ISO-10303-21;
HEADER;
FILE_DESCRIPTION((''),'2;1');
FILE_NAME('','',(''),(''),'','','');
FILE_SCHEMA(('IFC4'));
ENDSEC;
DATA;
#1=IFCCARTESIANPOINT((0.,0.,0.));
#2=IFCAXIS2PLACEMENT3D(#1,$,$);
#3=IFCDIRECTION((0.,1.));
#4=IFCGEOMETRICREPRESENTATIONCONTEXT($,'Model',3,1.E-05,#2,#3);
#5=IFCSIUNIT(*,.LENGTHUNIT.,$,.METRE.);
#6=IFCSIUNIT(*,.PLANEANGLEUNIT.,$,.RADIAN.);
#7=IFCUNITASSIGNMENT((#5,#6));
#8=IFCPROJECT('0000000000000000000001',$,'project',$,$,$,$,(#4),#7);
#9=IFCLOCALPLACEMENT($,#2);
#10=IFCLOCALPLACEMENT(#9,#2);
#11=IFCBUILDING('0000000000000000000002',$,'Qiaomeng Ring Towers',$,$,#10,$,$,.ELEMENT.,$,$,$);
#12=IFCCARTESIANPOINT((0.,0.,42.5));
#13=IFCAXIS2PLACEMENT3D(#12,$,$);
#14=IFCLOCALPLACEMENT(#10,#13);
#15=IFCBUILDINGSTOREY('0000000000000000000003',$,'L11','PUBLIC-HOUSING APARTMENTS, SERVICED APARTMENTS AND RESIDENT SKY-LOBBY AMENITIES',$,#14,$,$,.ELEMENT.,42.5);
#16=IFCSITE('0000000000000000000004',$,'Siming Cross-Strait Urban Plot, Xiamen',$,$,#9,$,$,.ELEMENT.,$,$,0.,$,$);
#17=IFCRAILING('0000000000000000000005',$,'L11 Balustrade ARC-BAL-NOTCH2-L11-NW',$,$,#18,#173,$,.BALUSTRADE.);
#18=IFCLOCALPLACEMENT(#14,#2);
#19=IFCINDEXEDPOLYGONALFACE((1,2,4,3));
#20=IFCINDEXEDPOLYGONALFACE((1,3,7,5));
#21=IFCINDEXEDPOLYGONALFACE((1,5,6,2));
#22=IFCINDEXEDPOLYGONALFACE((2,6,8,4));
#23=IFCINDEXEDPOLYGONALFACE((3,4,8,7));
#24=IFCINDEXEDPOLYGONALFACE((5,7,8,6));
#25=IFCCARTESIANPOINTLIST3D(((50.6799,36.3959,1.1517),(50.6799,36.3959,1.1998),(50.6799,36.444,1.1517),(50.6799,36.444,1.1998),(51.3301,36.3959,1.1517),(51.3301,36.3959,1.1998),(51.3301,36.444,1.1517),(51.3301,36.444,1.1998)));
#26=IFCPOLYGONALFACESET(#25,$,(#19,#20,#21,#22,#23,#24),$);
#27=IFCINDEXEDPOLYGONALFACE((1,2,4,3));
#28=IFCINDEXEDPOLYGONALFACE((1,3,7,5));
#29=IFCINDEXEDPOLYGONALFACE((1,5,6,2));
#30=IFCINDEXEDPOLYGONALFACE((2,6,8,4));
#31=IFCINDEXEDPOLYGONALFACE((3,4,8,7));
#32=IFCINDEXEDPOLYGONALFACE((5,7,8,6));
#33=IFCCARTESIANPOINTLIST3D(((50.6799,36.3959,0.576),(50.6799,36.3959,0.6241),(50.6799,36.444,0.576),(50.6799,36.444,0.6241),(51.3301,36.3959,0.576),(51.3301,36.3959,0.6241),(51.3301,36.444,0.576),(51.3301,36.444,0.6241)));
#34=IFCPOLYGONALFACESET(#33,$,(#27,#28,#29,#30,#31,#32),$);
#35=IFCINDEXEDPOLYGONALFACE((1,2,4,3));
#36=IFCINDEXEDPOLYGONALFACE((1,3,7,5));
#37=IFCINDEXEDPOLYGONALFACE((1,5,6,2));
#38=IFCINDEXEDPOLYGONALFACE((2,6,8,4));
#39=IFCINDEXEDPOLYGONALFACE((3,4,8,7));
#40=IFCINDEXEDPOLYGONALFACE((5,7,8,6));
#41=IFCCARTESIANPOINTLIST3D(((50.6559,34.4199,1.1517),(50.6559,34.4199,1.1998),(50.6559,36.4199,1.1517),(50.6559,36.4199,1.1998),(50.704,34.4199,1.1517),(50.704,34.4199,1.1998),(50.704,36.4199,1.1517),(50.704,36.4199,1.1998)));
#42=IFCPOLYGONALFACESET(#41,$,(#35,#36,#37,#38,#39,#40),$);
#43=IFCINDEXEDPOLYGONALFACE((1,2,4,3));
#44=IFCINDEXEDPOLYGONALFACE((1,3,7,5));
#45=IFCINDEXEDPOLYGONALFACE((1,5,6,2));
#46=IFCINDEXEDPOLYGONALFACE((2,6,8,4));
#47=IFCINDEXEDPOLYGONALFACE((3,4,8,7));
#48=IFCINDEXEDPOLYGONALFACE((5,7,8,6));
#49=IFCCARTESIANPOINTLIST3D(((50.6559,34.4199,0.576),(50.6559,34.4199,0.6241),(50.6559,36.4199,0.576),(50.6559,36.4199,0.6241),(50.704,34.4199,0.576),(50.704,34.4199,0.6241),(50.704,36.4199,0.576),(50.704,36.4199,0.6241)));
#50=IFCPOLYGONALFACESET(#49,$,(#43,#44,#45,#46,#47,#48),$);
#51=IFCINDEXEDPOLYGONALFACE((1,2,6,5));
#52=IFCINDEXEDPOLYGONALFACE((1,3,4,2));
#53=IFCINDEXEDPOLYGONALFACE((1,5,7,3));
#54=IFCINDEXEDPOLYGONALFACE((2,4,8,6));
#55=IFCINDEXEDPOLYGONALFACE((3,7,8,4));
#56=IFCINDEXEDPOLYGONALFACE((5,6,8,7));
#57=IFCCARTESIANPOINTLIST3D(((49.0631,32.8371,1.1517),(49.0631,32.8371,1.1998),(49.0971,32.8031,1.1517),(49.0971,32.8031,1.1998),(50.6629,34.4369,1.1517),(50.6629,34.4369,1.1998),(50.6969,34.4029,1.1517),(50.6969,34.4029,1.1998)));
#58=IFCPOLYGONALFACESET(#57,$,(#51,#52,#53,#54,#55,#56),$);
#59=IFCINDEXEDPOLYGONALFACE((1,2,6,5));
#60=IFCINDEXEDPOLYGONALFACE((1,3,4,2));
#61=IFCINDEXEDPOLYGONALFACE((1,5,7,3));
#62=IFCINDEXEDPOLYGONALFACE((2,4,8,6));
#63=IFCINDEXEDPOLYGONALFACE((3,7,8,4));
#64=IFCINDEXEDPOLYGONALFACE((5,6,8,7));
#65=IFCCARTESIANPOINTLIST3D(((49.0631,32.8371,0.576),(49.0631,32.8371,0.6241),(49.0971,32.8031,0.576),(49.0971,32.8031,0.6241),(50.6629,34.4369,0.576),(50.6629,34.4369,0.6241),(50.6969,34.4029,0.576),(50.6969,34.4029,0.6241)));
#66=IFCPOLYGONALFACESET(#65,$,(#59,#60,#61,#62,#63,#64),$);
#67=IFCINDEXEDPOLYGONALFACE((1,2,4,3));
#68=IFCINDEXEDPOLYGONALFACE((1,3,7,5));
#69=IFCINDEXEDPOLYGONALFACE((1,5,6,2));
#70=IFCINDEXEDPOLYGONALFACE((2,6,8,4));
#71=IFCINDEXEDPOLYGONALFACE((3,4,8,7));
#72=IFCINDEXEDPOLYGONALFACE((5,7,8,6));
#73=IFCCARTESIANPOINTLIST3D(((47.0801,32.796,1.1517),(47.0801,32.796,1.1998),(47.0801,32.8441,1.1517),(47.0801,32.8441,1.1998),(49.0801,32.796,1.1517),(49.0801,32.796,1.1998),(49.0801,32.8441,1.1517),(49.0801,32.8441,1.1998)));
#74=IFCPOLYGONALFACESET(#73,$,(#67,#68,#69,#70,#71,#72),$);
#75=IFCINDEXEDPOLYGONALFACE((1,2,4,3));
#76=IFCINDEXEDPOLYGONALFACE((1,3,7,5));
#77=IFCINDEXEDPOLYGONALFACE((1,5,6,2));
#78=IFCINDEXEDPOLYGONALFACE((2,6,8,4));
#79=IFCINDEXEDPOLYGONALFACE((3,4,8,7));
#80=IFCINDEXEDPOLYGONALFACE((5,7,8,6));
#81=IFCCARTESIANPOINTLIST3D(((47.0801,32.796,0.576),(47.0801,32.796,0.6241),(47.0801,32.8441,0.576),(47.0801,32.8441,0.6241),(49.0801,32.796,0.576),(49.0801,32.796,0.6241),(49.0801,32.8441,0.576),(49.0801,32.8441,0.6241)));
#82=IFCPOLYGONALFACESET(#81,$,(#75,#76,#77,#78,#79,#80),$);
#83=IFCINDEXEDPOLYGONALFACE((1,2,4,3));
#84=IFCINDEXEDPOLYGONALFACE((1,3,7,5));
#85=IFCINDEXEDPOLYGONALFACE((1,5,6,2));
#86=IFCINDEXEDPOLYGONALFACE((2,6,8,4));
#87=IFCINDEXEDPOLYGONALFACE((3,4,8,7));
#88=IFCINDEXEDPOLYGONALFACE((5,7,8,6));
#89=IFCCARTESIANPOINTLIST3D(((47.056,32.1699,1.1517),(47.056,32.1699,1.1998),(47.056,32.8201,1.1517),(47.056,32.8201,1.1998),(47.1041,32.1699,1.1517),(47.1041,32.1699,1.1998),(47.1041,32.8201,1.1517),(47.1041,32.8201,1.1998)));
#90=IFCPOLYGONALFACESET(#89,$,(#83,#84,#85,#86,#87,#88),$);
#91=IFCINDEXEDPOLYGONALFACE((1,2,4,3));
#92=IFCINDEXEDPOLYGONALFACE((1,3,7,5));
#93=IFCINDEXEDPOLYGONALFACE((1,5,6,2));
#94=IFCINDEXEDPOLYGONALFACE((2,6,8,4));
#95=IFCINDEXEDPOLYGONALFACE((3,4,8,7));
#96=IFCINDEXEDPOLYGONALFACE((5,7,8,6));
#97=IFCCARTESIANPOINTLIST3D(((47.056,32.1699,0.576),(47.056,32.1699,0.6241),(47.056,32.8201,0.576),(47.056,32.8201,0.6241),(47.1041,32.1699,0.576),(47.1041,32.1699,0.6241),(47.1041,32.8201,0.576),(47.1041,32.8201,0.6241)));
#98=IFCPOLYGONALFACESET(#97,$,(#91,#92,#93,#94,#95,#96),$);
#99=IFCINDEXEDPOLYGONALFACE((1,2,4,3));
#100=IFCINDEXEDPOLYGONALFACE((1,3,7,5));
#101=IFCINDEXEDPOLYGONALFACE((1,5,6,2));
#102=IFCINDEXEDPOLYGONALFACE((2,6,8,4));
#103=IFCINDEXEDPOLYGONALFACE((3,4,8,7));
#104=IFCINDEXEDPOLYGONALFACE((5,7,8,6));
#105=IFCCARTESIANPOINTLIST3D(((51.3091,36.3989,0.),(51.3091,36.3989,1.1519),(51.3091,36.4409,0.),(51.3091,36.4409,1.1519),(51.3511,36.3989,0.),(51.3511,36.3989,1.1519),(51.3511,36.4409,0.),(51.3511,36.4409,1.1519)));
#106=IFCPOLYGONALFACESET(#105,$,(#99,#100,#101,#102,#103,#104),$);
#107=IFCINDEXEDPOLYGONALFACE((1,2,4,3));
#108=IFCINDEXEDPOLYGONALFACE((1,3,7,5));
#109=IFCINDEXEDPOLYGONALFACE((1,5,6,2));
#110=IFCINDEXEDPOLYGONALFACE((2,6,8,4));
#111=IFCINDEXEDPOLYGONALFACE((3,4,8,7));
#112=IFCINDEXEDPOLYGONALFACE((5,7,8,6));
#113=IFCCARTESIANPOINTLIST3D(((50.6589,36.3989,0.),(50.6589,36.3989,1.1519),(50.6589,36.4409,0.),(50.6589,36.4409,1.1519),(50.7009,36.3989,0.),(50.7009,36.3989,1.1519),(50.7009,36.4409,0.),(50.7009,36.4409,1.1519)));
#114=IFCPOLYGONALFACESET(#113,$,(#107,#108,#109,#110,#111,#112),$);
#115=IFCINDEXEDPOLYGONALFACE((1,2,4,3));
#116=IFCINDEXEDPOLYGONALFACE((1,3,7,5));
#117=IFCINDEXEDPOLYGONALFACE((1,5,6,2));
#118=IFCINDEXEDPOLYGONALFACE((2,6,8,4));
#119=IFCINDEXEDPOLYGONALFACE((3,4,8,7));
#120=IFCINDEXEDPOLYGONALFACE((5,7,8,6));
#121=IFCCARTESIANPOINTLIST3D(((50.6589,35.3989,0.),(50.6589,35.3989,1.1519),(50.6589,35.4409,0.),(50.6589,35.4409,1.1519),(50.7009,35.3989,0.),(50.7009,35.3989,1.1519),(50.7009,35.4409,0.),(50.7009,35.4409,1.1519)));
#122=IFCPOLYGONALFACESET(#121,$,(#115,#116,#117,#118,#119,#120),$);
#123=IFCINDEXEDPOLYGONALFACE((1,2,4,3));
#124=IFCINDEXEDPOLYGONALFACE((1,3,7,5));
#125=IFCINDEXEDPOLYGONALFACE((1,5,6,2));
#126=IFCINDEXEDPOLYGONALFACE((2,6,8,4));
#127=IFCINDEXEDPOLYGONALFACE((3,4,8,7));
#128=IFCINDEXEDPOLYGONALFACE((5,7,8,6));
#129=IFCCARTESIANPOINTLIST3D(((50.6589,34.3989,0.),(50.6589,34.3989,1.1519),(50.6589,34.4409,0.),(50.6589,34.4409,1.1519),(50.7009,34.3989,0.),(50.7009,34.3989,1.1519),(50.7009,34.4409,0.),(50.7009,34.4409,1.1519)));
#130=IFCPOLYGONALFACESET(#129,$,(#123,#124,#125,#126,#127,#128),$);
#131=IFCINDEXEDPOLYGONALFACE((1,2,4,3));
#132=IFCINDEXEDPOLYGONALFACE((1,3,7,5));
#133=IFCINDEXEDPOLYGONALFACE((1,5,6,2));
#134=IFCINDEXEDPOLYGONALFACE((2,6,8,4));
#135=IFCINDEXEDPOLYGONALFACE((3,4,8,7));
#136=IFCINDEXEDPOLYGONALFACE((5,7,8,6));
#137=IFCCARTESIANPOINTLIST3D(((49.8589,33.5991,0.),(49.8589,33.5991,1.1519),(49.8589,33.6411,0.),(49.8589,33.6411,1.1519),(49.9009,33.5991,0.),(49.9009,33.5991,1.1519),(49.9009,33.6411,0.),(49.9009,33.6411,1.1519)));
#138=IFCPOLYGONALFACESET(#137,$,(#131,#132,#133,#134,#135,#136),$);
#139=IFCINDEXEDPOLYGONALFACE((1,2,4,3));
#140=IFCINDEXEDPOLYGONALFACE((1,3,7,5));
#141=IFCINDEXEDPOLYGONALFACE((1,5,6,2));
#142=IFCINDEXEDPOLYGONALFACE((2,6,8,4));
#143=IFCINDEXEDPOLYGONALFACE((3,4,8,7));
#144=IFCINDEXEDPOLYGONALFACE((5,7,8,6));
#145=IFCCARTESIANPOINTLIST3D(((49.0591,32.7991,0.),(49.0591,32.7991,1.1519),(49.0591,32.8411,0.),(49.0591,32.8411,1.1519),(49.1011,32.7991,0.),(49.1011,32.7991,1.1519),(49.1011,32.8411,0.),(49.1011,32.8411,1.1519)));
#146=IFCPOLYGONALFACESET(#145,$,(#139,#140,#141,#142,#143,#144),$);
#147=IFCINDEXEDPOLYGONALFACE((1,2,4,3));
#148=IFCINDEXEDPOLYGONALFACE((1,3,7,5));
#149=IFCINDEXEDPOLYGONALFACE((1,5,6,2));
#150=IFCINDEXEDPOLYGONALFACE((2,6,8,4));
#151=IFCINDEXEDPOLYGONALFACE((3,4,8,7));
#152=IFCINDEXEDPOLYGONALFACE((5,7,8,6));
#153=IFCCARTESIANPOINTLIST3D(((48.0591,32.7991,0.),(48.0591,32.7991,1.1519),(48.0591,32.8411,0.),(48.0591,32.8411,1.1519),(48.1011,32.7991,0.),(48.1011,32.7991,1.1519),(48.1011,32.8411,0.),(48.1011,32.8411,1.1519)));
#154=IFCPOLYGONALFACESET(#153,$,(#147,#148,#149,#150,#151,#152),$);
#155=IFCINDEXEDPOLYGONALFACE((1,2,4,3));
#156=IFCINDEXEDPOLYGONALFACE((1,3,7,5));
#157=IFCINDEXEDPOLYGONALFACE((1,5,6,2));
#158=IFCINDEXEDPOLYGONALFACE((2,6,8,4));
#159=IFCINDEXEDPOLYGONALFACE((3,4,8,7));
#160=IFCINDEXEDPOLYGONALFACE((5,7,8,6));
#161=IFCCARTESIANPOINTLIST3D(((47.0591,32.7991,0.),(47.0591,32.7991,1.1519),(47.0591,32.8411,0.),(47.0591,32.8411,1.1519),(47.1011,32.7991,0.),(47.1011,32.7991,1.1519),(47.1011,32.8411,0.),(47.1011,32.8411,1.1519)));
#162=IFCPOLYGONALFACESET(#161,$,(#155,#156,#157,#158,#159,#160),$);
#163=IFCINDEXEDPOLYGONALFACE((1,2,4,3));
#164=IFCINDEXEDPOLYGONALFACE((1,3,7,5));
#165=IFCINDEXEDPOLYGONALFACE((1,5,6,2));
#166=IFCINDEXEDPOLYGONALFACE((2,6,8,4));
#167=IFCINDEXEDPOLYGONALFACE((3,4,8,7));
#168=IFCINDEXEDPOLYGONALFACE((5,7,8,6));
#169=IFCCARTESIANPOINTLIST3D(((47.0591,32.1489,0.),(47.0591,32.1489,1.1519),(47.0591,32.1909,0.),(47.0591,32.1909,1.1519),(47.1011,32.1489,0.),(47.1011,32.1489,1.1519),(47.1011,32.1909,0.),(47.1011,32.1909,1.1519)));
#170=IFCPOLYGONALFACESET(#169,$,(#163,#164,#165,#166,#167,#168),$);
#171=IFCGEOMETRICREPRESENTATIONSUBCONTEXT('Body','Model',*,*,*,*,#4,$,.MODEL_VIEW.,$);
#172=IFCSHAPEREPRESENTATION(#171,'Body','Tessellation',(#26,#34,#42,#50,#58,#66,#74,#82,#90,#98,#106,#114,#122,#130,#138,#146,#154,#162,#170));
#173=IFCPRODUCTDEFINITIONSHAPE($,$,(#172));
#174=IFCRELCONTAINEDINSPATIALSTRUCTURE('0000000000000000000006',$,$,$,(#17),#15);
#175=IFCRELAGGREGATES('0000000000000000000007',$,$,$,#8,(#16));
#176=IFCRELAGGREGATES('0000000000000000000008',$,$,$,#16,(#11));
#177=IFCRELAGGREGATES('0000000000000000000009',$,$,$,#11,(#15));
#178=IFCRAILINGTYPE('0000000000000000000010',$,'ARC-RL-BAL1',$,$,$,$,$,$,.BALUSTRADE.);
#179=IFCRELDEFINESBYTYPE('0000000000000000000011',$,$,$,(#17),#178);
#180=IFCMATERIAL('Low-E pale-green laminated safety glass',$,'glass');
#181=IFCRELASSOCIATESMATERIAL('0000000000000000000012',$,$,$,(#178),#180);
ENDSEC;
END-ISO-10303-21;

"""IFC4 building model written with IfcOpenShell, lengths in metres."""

from ifc_helpers import new_model, si_unit, direction, frame, origin, origin_2d, place, context, subcontext, project, spatial, rectangle, extrude, material, type_object, element, save


model = new_model("IFC4")

# Units and contexts
model_context = context("Model", 3, precision=1e-05, world=origin(), true_north=direction((0.0, 1.0)))
body_context = subcontext(model_context, "Body", "Model", "MODEL_VIEW")
ifc_project = project(units=[si_unit("LENGTHUNIT", "METRE"), si_unit("PLANEANGLEUNIT", "RADIAN")], contexts=[model_context])

# Site, building, storey
site_placement = place(None, origin())
site = spatial("IfcSite", under=ifc_project, at=site_placement, Name="Siming Cross-Strait Urban Plot, Xiamen", CompositionType="ELEMENT", RefElevation=0.0)
building_placement = place(site_placement, origin())
building = spatial("IfcBuilding", under=site, at=building_placement, Name="Qiaomeng Ring Towers", CompositionType="ELEMENT")
storey_placement = place(building_placement, frame((0.0, 0.0, 42.5)))
storey = spatial("IfcBuildingStorey", under=building, at=storey_placement, Name="L11", Description="PUBLIC-HOUSING APARTMENTS, SERVICED APARTMENTS AND RESIDENT SKY-LOBBY AMENITIES", CompositionType="ELEMENT", Elevation=42.5)

# Railing
ifc_material_1 = material(Name="Low-E pale-green laminated safety glass", Category="glass")
railing_type = type_object("IfcRailingType", Name="ARC-RL-BAL1", PredefinedType="BALUSTRADE", material=ifc_material_1)
railing_1_placement = place(storey_placement, frame((51.3301, 36.4199, 0.0)))
element("IfcRailing", 1, at=railing_1_placement, inside=storey, type_object=railing_type, Name="L11 Balustrade ARC-BAL-NOTCH2-L11-NW", PredefinedType="BALUSTRADE", context=body_context, shape_type="SweptSolid", body=[
    extrude(rectangle(XDim=0.0481, YDim=0.0481, at=origin_2d()), frame((0.0, 0.0, 1.1758), z_axis=(-1.0, 0.0, 0.0), x_axis=(0.0, -1.0, 0.0)), (0.0, 0.0, 1.0), 0.6501),
    extrude(rectangle(XDim=0.0481, YDim=0.0481, at=origin_2d()), frame((0.0, 0.0, 0.6001), z_axis=(-1.0, 0.0, 0.0), x_axis=(0.0, -1.0, 0.0)), (0.0, 0.0, 1.0), 0.6501),
    extrude(rectangle(XDim=0.0481, YDim=0.0481, at=origin_2d()), frame((-0.6501, 0.0, 1.1758), z_axis=(0.0, -1.0, 0.0), x_axis=(1.0, 0.0, 0.0)), (0.0, 0.0, 1.0), 2.0),
    extrude(rectangle(XDim=0.0481, YDim=0.0481, at=origin_2d()), frame((-0.6501, 0.0, 0.6001), z_axis=(0.0, -1.0, 0.0), x_axis=(1.0, 0.0, 0.0)), (0.0, 0.0, 1.0), 2.0),
    extrude(rectangle(XDim=0.0481, YDim=0.0481, at=origin_2d()), frame((-0.6501, -2.0, 1.1758), z_axis=(-0.707107, -0.707107, 0.0), x_axis=(0.707107, -0.707107, 0.0)), (0.0, 0.0, 1.0), 2.2625),
    extrude(rectangle(XDim=0.0481, YDim=0.0481, at=origin_2d()), frame((-0.6501, -2.0, 0.6001), z_axis=(-0.707107, -0.707107, 0.0), x_axis=(0.707107, -0.707107, 0.0)), (0.0, 0.0, 1.0), 2.2625),
    extrude(rectangle(XDim=0.0481, YDim=0.0481, at=origin_2d()), frame((-2.25, -3.5999, 1.1758), z_axis=(-1.0, 0.0, 0.0), x_axis=(0.0, -1.0, 0.0)), (0.0, 0.0, 1.0), 2.0),
    extrude(rectangle(XDim=0.0481, YDim=0.0481, at=origin_2d()), frame((-2.25, -3.5999, 0.6001), z_axis=(-1.0, 0.0, 0.0), x_axis=(0.0, -1.0, 0.0)), (0.0, 0.0, 1.0), 2.0),
    extrude(rectangle(XDim=0.0481, YDim=0.0481, at=origin_2d()), frame((-4.25, -3.5999, 1.1758), z_axis=(0.0, -1.0, 0.0), x_axis=(1.0, 0.0, 0.0)), (0.0, 0.0, 1.0), 0.6501),
    extrude(rectangle(XDim=0.0481, YDim=0.0481, at=origin_2d()), frame((-4.25, -3.5999, 0.6001), z_axis=(0.0, -1.0, 0.0), x_axis=(1.0, 0.0, 0.0)), (0.0, 0.0, 1.0), 0.6501),
    extrude(rectangle(XDim=0.042, YDim=0.042, at=origin_2d()), origin(), (0.0, 0.0, 1.0), 1.1519),
    extrude(rectangle(XDim=0.042, YDim=0.042, at=origin_2d()), frame((-0.6501, 0.0, 0.0)), (0.0, 0.0, 1.0), 1.1519),
    extrude(rectangle(XDim=0.042, YDim=0.042, at=origin_2d()), frame((-0.6501, -1.0, 0.0)), (0.0, 0.0, 1.0), 1.1519),
    extrude(rectangle(XDim=0.042, YDim=0.042, at=origin_2d()), frame((-0.6501, -2.0, 0.0)), (0.0, 0.0, 1.0), 1.1519),
    extrude(rectangle(XDim=0.042, YDim=0.042, at=origin_2d()), frame((-1.4502, -2.7998, 0.0)), (0.0, 0.0, 1.0), 1.1519),
    extrude(rectangle(XDim=0.042, YDim=0.042, at=origin_2d()), frame((-2.25, -3.5999, 0.0)), (0.0, 0.0, 1.0), 1.1519),
    extrude(rectangle(XDim=0.042, YDim=0.042, at=origin_2d()), frame((-3.25, -3.5999, 0.0)), (0.0, 0.0, 1.0), 1.1519),
    extrude(rectangle(XDim=0.042, YDim=0.042, at=origin_2d()), frame((-4.25, -3.5999, 0.0)), (0.0, 0.0, 1.0), 1.1519),
    extrude(rectangle(XDim=0.042, YDim=0.042, at=origin_2d()), frame((-4.25, -4.25, 0.0)), (0.0, 0.0, 1.0), 1.1519),
])

save(model, "model.ifc")
